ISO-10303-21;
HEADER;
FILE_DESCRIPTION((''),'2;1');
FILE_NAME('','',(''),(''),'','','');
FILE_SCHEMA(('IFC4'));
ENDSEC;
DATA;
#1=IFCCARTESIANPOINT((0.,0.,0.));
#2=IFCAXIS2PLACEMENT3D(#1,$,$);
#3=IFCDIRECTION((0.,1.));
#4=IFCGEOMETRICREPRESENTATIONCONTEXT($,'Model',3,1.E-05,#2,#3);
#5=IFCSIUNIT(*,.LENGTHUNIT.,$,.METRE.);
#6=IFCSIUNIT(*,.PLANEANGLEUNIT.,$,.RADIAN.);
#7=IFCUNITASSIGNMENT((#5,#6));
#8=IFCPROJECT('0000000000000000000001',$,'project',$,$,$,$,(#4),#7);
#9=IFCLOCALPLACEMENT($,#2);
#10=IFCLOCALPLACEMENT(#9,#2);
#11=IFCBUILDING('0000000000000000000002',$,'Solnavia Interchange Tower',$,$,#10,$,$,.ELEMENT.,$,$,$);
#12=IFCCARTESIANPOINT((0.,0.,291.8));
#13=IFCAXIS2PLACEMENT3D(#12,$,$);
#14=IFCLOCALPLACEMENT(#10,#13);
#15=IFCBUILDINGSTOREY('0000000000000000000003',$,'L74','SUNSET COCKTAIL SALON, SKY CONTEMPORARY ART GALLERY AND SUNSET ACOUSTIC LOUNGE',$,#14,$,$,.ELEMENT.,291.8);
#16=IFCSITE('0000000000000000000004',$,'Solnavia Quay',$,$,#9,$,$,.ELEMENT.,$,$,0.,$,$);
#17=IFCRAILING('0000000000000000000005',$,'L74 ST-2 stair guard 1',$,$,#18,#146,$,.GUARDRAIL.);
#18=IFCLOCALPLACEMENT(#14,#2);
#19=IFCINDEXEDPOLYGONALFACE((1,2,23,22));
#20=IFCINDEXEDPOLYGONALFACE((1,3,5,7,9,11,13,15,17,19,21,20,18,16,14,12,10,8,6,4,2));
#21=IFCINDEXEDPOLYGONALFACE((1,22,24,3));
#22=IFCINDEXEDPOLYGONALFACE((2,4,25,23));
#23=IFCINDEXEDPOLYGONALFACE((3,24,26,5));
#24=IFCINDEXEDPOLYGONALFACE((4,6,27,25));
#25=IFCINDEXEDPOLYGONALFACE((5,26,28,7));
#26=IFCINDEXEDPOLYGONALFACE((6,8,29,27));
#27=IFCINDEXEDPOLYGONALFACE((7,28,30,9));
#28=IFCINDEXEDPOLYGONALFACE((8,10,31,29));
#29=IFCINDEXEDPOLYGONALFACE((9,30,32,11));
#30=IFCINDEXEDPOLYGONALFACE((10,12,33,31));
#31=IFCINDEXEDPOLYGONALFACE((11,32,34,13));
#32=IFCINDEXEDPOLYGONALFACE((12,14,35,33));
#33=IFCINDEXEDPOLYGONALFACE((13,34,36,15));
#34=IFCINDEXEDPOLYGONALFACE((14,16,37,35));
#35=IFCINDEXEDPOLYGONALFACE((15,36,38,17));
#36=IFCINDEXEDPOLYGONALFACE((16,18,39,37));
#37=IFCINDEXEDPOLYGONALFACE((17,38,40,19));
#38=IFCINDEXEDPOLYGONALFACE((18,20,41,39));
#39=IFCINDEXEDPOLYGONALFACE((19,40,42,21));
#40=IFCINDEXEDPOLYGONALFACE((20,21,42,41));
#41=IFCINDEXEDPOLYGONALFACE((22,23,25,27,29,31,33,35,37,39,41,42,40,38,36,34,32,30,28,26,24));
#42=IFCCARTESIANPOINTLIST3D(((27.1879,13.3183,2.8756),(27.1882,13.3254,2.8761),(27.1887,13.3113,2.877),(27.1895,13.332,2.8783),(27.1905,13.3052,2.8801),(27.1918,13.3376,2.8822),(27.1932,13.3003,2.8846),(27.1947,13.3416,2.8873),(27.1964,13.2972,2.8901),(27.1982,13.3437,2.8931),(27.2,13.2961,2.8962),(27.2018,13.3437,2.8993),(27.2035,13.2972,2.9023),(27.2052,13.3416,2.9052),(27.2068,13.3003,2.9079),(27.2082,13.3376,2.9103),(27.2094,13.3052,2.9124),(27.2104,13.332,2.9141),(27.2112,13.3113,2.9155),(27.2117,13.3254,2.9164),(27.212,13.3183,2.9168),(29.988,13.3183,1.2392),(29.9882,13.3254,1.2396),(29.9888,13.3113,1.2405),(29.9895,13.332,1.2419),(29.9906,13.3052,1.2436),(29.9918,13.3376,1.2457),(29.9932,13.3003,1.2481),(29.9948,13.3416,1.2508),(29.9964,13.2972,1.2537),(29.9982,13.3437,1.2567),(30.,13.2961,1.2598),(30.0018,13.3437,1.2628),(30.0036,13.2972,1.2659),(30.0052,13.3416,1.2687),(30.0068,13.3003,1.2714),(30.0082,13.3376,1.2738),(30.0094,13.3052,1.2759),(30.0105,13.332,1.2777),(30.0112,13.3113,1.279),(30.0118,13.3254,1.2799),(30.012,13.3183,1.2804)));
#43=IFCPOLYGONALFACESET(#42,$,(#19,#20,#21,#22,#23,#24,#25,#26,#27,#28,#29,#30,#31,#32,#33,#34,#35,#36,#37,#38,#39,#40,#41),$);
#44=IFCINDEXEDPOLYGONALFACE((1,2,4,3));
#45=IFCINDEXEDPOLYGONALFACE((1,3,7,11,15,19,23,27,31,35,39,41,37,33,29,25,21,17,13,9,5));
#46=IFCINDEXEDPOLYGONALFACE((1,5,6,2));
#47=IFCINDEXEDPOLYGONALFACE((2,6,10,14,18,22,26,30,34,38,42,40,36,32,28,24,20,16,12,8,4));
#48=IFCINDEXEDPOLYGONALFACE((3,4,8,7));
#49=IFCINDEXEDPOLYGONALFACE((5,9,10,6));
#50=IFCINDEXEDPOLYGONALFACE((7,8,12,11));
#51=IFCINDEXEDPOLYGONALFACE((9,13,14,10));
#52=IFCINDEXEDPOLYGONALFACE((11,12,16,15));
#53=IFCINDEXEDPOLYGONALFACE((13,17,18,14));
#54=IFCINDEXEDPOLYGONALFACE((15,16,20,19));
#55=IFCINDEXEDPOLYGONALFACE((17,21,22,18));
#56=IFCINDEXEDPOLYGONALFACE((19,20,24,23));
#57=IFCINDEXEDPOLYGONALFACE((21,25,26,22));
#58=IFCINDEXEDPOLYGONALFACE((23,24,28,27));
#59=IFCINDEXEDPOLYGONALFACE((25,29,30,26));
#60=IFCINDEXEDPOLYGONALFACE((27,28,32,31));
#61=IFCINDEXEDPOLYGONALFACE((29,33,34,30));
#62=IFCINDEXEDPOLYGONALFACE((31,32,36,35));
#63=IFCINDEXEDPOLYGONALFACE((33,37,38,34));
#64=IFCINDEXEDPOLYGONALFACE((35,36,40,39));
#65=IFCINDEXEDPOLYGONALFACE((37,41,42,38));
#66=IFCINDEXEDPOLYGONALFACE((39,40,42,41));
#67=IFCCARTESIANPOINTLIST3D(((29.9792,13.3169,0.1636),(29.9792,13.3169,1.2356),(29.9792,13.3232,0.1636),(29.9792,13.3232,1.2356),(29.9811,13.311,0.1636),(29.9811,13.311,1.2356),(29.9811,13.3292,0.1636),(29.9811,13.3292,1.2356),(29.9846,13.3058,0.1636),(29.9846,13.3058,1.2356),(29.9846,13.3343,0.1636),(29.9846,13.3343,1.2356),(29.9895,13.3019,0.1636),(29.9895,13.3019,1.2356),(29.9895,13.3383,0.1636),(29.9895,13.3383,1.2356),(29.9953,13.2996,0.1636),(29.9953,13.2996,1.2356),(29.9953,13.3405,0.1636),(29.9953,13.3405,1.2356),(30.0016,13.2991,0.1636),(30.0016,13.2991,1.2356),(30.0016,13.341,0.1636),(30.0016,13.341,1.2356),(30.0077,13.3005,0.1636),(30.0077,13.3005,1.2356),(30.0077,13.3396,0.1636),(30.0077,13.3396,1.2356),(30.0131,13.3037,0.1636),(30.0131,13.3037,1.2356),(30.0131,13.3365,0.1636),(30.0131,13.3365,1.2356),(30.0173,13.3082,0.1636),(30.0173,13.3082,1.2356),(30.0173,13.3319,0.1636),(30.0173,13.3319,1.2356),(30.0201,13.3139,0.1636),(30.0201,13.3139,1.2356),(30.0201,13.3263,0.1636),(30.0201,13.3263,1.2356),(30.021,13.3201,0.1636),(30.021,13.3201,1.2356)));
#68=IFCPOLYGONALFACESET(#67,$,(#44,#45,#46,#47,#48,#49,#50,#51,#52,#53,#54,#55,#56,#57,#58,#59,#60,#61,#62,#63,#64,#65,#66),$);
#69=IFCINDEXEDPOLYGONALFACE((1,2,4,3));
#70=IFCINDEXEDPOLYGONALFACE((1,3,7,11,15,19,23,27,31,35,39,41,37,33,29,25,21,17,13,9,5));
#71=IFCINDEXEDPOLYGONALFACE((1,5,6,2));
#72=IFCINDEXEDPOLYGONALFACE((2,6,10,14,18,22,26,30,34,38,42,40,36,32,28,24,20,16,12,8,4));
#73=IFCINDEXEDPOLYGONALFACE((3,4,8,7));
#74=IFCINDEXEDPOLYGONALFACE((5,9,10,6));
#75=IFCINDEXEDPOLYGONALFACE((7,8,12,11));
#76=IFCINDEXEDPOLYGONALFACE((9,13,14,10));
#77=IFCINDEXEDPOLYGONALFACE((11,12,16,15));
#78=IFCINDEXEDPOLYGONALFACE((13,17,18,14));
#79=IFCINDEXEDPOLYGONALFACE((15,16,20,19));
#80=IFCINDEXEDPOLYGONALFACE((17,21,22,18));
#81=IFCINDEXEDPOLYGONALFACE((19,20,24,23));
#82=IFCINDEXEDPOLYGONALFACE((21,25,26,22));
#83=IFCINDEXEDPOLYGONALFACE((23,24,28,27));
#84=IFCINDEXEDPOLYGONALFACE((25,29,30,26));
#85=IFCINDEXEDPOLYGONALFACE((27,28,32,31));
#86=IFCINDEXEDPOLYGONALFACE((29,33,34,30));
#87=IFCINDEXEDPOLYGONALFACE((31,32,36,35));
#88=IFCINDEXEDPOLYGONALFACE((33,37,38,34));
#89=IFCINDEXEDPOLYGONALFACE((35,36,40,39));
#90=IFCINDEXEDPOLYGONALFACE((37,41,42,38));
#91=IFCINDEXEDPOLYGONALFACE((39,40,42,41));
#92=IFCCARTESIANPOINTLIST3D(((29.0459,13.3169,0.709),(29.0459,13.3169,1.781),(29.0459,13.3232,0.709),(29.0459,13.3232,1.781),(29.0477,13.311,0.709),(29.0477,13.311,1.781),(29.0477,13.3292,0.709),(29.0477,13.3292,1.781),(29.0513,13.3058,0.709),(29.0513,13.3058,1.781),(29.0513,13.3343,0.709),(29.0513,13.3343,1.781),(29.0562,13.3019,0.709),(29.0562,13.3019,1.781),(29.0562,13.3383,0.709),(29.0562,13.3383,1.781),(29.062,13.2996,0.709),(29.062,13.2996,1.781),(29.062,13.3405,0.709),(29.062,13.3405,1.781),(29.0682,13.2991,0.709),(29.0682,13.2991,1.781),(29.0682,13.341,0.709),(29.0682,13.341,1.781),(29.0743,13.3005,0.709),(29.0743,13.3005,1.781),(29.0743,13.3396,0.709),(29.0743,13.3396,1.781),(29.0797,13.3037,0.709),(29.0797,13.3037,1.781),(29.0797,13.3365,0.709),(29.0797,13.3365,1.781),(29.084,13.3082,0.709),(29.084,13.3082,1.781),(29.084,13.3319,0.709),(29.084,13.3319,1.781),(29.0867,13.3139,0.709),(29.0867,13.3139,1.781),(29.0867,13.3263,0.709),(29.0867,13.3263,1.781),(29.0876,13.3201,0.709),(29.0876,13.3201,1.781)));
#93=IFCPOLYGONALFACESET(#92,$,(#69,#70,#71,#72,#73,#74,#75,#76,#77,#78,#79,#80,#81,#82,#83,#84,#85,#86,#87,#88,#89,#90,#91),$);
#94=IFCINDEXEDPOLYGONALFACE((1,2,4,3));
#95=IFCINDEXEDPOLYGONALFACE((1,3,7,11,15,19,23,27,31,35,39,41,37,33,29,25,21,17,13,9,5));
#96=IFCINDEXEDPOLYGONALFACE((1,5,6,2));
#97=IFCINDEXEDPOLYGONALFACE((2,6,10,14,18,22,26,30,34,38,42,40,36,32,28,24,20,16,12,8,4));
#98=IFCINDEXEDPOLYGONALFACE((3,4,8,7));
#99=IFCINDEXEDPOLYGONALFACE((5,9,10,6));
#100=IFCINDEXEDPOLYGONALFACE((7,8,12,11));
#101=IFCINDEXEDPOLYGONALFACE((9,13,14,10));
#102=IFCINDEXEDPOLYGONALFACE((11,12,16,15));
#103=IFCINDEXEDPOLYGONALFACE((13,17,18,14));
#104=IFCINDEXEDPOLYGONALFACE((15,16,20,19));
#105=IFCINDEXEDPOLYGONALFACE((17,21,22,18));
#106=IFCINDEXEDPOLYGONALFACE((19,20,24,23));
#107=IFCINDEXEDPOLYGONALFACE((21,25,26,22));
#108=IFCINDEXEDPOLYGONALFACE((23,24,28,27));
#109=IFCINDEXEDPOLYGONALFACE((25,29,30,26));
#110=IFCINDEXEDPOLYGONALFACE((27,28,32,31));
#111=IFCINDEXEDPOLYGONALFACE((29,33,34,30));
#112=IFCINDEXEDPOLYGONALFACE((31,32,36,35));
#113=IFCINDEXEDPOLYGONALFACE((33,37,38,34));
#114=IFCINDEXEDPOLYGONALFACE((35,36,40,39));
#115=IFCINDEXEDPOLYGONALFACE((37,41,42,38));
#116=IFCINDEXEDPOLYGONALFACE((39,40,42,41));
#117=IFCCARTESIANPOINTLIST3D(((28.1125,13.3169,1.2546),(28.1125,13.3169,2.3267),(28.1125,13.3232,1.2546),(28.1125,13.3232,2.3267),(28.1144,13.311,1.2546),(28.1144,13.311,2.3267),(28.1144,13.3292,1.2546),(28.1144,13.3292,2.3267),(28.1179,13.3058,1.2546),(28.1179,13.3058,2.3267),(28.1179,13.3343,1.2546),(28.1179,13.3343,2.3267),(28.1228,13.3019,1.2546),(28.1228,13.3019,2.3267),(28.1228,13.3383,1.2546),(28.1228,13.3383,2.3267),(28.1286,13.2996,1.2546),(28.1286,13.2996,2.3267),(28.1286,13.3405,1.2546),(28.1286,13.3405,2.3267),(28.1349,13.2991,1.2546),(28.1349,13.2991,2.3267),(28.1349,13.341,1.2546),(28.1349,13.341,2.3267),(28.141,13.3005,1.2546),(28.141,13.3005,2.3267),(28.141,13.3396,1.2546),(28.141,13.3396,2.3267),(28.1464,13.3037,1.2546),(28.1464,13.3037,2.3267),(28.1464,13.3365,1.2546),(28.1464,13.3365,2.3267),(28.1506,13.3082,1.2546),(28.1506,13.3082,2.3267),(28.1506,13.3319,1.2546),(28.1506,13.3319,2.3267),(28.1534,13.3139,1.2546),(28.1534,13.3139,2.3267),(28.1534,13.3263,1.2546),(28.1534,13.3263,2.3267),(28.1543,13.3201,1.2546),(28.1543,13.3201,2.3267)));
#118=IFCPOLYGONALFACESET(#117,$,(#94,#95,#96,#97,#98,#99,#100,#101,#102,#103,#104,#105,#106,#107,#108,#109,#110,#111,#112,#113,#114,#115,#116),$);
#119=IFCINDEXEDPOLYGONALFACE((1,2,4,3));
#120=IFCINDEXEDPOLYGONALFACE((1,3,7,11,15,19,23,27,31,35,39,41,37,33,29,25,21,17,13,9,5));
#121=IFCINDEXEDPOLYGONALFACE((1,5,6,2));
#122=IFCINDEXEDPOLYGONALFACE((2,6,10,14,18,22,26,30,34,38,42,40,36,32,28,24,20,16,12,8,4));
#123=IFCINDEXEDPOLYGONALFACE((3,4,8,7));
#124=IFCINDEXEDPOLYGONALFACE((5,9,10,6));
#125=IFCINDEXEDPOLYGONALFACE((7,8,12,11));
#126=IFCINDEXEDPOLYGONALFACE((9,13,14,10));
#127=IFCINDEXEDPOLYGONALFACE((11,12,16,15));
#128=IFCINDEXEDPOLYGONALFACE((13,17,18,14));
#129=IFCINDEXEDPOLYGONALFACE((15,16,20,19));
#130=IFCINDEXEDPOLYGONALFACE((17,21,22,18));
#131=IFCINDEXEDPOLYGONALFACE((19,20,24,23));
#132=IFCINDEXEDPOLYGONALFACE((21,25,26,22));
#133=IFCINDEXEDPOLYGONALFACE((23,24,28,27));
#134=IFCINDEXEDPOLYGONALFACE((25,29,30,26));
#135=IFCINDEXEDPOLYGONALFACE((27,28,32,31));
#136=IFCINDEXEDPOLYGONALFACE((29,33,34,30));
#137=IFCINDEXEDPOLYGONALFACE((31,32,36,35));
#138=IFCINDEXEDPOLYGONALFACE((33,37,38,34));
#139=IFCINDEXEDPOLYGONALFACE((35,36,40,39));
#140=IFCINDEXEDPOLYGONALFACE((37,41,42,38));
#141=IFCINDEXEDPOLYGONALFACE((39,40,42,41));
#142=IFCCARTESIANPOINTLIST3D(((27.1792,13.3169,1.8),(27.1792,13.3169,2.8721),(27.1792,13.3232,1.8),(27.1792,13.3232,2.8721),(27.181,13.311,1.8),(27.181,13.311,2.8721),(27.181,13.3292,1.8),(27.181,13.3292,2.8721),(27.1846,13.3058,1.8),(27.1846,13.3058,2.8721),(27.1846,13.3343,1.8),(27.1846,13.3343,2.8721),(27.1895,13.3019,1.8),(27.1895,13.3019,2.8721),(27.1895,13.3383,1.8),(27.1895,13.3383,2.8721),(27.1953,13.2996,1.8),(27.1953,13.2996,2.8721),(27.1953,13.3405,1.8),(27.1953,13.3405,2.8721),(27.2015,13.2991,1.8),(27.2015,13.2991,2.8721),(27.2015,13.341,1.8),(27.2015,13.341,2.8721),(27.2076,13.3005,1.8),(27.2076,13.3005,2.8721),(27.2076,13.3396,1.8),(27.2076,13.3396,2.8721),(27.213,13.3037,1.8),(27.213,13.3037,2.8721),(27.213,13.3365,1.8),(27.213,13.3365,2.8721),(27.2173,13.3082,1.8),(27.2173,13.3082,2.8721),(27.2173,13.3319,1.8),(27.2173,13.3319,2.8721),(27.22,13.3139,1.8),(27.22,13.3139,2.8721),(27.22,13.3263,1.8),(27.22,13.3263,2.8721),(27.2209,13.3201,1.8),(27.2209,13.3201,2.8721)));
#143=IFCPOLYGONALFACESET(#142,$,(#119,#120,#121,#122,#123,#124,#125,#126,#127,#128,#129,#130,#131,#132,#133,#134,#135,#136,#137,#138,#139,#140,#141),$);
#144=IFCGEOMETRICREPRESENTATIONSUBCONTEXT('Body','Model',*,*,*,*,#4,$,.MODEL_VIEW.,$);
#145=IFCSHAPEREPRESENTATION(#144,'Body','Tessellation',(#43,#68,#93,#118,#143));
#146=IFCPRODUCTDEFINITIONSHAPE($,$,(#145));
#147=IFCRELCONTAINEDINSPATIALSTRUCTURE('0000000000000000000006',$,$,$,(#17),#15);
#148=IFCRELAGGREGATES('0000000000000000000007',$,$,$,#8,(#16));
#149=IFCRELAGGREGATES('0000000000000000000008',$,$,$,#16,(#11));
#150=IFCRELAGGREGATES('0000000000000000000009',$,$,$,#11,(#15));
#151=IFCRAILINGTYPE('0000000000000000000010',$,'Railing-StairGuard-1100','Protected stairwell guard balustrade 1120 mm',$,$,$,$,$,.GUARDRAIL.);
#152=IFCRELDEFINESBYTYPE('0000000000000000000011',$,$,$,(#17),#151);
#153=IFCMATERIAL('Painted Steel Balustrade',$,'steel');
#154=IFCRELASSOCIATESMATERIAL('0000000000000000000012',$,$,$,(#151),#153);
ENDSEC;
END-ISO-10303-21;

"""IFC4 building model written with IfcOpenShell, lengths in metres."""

from ifc_helpers import new_model, si_unit, direction, frame, origin, origin_2d, place, context, subcontext, project, spatial, circle, extrude, material, type_object, element, save


model = new_model("IFC4")

# Units and contexts
model_context = context("Model", 3, precision=1e-05, world=origin(), true_north=direction((0.0, 1.0)))
body_context = subcontext(model_context, "Body", "Model", "MODEL_VIEW")
ifc_project = project(units=[si_unit("LENGTHUNIT", "METRE"), si_unit("PLANEANGLEUNIT", "RADIAN")], contexts=[model_context])

# Site, building, storey
site_placement = place(None, origin())
site = spatial("IfcSite", under=ifc_project, at=site_placement, Name="Solnavia Quay", CompositionType="ELEMENT", RefElevation=0.0)
building_placement = place(site_placement, origin())
building = spatial("IfcBuilding", under=site, at=building_placement, Name="Solnavia Interchange Tower", CompositionType="ELEMENT")
storey_placement = place(building_placement, frame((0.0, 0.0, 291.8)))
storey = spatial("IfcBuildingStorey", under=building, at=storey_placement, Name="L74", Description="SUNSET COCKTAIL SALON, SKY CONTEMPORARY ART GALLERY AND SUNSET ACOUSTIC LOUNGE", CompositionType="ELEMENT", Elevation=291.8)

# Railing
ifc_material_1 = material(Name="Painted Steel Balustrade", Category="steel")
railing_type_1 = type_object("IfcRailingType", Name="Railing-StairGuard-1100", Description="Protected stairwell guard balustrade 1120 mm", PredefinedType="GUARDRAIL", material=ifc_material_1)
railing_1_placement = place(storey_placement, frame((30.0, 13.3201, 0.1636)))
element("IfcRailing", 1, at=railing_1_placement, inside=storey, type_object=railing_type_1, Name="L74 ST-2 stair guard 1", PredefinedType="GUARDRAIL", context=body_context, shape_type="SweptSolid", body=[
    extrude(circle(Radius=0.0239, at=origin_2d()), frame((0.0, 0.0, 1.0962), z_axis=(-0.863361, 0.0, 0.504587), x_axis=(0.0, -1.0, 0.0)), (0.0, 0.0, 1.0), 3.2432),
    extrude(circle(Radius=0.021, at=origin_2d()), origin(), (0.0, 0.0, 1.0), 1.072),
    extrude(circle(Radius=0.021, at=origin_2d()), frame((-0.9333, 0.0, 0.5454)), (0.0, 0.0, 1.0), 1.072),
    extrude(circle(Radius=0.021, at=origin_2d()), frame((-1.8667, 0.0, 1.0911)), (0.0, 0.0, 1.0), 1.072),
    extrude(circle(Radius=0.021, at=origin_2d()), frame((-2.8, 0.0, 1.6365)), (0.0, 0.0, 1.0), 1.072),
])

save(model, "model.ifc")
